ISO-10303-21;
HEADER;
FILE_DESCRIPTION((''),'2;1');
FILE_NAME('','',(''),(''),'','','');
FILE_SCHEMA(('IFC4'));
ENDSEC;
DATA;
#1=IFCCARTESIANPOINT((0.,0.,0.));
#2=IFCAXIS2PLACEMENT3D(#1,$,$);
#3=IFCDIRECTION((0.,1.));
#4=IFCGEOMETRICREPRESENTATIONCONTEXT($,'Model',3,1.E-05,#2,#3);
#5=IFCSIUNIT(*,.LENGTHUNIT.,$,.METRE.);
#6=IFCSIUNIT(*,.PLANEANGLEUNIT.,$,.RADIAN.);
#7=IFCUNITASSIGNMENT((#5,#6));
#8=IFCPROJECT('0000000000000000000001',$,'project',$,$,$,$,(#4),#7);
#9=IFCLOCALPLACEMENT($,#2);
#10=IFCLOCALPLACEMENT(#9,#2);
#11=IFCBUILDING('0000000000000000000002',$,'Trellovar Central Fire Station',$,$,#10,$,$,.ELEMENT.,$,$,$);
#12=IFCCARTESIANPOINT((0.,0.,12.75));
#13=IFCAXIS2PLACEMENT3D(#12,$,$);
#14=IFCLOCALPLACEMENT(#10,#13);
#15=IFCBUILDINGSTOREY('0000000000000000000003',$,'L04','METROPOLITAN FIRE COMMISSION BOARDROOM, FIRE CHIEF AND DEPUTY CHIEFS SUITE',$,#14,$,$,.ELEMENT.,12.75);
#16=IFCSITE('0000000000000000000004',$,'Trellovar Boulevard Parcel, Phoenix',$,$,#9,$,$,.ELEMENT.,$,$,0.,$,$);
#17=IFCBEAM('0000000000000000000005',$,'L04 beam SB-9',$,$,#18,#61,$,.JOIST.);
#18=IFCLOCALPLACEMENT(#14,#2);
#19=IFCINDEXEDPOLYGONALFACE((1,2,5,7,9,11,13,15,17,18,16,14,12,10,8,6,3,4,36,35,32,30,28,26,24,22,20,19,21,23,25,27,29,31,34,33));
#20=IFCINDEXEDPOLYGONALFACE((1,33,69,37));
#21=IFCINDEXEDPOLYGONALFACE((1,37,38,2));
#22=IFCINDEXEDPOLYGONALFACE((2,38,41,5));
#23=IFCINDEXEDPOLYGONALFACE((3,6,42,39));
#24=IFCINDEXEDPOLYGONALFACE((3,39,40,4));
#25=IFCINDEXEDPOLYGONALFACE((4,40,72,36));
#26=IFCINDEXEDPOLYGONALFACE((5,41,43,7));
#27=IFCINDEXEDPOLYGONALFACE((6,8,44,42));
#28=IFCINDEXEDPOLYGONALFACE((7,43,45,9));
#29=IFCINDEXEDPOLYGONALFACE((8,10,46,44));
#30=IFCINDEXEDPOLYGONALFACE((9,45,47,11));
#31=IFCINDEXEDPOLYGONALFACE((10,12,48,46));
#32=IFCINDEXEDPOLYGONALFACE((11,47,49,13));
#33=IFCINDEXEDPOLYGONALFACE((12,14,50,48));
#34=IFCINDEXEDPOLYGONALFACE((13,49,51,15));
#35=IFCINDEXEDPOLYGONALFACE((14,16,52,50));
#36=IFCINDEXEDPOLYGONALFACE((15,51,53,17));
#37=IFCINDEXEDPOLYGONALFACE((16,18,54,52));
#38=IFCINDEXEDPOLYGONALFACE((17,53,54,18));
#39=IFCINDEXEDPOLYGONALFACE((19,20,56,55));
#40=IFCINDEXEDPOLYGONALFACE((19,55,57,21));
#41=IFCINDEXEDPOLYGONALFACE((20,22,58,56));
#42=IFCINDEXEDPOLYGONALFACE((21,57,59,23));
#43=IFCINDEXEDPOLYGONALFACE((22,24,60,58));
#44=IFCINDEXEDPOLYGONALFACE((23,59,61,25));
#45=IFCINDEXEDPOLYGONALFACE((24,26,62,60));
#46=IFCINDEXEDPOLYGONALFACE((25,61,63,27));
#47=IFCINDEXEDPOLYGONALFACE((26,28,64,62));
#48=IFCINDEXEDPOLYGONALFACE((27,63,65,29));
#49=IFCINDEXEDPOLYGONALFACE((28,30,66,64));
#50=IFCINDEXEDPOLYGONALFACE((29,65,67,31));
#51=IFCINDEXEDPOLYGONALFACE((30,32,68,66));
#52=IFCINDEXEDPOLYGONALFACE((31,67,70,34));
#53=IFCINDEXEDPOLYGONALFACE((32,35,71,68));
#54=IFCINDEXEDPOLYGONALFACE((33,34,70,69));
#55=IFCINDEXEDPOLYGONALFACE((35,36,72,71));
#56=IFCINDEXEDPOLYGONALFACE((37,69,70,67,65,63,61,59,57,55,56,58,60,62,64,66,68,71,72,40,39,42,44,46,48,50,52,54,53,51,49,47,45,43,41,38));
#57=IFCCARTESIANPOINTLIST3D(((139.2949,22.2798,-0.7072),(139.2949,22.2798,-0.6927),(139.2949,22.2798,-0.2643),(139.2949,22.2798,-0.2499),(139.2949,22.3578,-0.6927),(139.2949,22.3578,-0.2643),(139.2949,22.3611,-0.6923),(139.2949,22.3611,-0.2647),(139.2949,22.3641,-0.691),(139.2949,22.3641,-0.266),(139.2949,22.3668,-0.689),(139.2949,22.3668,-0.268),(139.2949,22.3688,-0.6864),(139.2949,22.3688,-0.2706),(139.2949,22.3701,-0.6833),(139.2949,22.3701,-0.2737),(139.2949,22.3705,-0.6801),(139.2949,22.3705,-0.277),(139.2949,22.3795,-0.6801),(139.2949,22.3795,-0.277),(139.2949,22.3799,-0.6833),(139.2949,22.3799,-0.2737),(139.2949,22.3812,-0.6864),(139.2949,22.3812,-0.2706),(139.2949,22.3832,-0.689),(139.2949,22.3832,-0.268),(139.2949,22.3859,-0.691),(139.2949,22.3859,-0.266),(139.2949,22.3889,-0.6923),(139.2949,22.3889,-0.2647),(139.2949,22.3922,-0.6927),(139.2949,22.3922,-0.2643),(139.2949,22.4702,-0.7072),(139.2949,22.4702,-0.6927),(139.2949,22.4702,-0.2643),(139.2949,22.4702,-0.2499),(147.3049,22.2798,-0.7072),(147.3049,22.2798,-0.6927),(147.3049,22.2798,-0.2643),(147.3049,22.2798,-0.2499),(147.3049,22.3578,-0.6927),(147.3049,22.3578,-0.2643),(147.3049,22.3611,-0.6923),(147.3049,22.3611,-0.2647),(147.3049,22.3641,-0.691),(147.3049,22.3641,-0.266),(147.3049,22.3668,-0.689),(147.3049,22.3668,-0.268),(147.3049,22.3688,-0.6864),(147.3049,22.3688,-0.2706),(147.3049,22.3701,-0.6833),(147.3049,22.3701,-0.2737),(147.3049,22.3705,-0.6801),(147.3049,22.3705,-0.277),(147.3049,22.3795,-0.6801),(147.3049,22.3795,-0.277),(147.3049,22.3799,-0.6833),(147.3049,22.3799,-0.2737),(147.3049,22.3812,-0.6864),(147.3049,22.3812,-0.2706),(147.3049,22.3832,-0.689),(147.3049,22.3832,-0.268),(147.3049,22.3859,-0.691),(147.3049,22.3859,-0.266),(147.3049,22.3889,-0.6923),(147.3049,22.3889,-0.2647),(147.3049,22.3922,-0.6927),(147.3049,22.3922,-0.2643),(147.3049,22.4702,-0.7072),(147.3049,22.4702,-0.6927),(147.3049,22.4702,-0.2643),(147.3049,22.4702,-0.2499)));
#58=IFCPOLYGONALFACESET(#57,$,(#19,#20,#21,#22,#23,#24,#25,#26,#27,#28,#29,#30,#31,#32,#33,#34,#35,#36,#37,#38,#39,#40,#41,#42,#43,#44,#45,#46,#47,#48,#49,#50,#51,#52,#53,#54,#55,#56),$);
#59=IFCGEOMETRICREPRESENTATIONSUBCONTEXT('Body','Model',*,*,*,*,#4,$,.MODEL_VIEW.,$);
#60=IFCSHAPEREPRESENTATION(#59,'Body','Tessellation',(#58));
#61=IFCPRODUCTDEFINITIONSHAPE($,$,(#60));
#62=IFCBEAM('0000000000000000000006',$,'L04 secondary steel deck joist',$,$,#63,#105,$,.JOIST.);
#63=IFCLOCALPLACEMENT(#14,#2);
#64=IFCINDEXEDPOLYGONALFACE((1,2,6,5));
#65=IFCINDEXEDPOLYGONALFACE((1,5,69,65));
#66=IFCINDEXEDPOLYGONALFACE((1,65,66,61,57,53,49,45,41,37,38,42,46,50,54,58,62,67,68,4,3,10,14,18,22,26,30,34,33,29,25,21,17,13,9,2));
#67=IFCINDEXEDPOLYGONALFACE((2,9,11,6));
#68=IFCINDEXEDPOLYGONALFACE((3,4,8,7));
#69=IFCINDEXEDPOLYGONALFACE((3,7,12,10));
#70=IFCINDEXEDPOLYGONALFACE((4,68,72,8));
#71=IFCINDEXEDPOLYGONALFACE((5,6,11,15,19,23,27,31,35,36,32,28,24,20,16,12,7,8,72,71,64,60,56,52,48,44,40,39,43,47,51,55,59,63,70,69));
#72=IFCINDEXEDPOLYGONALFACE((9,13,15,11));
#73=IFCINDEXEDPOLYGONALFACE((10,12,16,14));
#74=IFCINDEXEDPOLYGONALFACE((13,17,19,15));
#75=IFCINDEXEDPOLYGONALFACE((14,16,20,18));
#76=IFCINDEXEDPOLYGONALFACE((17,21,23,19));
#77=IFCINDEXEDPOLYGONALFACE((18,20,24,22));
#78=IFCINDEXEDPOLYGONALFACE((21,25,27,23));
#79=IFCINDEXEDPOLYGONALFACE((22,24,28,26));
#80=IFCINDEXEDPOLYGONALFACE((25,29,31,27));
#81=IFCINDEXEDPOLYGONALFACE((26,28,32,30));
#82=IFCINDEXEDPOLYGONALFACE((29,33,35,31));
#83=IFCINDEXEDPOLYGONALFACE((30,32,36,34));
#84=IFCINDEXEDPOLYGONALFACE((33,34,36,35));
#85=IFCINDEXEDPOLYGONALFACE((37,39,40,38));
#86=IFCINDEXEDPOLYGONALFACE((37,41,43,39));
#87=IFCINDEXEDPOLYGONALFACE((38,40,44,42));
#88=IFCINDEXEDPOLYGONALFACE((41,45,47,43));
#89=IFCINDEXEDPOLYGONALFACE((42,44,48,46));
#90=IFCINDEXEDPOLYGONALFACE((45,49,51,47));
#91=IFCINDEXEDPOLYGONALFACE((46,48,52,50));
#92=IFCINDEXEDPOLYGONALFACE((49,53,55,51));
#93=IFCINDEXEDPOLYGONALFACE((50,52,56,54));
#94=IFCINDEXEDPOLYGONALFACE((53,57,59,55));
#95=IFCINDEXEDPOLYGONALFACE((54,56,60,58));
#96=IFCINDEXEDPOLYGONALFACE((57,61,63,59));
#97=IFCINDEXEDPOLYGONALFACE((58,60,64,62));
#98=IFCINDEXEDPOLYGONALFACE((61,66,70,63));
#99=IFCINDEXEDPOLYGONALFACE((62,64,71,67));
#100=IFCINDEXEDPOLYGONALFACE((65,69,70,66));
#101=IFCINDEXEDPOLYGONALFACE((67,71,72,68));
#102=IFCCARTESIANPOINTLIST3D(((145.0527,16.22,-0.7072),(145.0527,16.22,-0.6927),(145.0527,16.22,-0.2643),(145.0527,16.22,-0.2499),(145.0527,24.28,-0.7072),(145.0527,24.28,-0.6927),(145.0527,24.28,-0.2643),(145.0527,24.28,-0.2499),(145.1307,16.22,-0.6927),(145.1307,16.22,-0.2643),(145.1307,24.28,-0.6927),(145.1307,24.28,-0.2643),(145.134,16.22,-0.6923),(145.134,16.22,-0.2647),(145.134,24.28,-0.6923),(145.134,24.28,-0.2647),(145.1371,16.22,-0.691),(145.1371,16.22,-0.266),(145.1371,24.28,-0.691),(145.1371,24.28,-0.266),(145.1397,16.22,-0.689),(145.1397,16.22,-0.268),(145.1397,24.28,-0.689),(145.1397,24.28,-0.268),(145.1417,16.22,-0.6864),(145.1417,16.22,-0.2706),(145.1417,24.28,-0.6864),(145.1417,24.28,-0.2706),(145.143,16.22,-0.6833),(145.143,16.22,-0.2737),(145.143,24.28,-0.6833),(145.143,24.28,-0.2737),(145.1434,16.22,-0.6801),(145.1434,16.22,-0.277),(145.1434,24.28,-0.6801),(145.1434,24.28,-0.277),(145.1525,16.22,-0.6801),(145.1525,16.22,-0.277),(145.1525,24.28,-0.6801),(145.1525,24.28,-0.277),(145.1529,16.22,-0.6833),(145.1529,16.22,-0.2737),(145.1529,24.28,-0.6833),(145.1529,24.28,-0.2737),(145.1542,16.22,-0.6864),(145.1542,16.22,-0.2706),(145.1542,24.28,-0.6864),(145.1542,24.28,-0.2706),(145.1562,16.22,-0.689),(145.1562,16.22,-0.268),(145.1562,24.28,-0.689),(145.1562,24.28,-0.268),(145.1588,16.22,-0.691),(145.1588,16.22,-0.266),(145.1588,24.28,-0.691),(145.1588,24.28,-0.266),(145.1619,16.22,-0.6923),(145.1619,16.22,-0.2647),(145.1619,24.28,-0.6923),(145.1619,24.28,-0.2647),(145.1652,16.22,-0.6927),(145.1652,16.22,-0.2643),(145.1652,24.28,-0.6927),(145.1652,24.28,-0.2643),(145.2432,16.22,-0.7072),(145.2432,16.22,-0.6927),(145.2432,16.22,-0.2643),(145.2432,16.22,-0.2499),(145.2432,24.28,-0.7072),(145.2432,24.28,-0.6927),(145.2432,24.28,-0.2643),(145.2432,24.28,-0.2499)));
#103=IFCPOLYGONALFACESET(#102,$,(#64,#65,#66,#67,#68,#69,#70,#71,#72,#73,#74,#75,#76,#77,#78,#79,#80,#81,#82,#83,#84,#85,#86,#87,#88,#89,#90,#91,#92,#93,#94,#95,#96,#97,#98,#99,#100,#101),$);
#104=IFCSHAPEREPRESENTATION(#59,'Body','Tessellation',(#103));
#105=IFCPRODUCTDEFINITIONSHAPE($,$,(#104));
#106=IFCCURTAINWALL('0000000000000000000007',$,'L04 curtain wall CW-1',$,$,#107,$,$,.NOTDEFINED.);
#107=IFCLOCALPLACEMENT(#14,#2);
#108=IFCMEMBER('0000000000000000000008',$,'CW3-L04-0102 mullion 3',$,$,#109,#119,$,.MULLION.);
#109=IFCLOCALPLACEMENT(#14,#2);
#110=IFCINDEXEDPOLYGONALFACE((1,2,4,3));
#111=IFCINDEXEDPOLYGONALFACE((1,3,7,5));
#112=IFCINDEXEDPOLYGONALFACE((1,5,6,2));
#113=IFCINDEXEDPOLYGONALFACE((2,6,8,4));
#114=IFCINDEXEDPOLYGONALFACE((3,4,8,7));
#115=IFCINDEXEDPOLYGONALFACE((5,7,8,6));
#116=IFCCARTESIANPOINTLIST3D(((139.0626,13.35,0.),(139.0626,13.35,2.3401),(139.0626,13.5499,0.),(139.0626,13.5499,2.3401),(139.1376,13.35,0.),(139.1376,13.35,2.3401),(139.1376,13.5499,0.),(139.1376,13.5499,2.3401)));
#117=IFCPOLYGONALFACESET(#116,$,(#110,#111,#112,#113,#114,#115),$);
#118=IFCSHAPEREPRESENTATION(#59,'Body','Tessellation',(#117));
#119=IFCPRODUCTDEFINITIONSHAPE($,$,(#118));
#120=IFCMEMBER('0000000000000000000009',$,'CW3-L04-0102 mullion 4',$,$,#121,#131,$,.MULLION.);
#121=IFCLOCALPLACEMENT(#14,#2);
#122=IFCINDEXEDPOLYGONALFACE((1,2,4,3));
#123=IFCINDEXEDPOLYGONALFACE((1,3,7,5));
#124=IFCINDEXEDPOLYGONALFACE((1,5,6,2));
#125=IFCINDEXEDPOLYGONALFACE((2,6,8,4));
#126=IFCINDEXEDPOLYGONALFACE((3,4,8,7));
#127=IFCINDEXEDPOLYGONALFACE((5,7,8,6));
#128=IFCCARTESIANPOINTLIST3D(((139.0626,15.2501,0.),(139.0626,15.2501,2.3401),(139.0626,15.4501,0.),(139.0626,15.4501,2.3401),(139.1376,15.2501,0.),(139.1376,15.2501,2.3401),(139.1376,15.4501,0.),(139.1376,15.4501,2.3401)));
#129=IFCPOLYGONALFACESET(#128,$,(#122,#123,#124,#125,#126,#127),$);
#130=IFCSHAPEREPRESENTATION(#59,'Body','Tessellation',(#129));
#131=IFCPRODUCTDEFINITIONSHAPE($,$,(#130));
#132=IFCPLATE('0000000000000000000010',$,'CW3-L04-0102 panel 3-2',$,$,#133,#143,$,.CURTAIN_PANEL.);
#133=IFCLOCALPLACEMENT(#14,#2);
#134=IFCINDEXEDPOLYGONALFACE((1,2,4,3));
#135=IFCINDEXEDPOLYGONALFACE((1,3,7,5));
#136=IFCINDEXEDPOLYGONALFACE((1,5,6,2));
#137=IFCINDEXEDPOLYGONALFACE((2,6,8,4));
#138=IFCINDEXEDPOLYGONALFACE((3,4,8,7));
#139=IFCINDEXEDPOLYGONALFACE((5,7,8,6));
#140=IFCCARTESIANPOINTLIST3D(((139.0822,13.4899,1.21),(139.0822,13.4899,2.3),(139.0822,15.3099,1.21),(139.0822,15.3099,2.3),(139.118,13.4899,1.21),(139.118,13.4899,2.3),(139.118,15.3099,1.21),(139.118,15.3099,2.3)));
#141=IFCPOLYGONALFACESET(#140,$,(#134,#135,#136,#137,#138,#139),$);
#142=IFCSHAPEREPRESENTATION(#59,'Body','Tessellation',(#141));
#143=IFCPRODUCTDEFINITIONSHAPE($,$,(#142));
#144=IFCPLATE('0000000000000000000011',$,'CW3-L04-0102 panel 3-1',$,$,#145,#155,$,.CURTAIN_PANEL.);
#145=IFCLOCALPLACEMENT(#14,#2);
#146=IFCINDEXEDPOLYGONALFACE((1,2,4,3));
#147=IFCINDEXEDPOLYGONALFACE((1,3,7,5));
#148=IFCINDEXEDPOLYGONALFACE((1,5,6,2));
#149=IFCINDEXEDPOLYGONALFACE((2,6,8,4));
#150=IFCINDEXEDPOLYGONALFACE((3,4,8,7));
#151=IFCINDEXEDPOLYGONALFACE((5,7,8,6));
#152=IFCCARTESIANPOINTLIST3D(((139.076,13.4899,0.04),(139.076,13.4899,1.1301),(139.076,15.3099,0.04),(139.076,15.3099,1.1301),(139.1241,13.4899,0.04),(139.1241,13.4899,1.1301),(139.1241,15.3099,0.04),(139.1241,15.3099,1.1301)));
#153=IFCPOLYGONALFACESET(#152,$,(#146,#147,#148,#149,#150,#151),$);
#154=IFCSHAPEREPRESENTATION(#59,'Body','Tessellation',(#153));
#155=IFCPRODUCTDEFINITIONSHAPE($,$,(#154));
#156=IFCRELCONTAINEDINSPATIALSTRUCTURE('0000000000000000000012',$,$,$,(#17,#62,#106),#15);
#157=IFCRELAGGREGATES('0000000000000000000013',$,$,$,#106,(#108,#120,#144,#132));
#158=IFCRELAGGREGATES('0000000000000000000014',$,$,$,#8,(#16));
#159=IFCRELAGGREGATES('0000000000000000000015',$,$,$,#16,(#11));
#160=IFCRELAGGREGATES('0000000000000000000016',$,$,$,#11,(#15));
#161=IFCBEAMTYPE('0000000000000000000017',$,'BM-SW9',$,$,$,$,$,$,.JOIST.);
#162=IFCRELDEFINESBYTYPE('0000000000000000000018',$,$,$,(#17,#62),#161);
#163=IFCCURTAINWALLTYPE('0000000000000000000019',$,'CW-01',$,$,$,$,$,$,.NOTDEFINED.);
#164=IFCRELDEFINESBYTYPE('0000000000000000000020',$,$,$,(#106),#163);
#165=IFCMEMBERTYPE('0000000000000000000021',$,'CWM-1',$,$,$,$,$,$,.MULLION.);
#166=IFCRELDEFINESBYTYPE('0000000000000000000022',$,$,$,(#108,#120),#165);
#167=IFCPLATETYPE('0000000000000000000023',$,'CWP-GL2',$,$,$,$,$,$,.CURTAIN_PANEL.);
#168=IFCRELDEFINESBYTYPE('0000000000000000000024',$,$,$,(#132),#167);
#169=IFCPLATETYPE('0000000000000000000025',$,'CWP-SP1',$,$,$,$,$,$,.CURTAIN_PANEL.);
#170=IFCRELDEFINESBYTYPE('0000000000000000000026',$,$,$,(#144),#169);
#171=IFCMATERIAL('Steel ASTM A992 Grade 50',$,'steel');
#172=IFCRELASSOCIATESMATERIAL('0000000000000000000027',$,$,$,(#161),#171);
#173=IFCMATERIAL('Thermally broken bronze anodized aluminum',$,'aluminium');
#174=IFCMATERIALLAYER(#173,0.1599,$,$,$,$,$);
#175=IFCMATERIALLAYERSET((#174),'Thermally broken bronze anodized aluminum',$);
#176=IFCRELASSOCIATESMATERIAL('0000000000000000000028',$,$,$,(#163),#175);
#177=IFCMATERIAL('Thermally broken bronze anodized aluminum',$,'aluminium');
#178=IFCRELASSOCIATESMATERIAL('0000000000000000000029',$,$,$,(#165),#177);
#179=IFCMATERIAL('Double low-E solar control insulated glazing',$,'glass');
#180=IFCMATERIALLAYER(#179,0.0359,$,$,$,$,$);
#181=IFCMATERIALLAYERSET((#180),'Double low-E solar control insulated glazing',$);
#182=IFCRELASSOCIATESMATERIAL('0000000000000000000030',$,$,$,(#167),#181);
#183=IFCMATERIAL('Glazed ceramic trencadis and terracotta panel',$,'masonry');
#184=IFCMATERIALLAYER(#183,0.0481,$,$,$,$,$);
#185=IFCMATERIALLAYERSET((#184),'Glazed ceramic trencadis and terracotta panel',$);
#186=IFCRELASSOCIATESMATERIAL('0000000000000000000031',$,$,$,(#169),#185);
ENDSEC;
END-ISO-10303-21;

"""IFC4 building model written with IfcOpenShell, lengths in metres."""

from ifc_helpers import new_model, si_unit, direction, frame, origin, origin_2d, place, context, subcontext, project, spatial, rectangle, i_section, extrude, material, layer, layer_set, material_profile, profile_set, type_object, element, aggregate, save


model = new_model("IFC4")

# Units and contexts
model_context = context("Model", 3, precision=1e-05, world=origin(), true_north=direction((0.0, 1.0)))
body_context = subcontext(model_context, "Body", "Model", "MODEL_VIEW")
ifc_project = project(units=[si_unit("LENGTHUNIT", "METRE"), si_unit("PLANEANGLEUNIT", "RADIAN")], contexts=[model_context])

# Site, building, storey
site_placement = place(None, origin())
site = spatial("IfcSite", under=ifc_project, at=site_placement, Name="Trellovar Boulevard Parcel, Phoenix", CompositionType="ELEMENT", RefElevation=0.0)
building_placement = place(site_placement, origin())
building = spatial("IfcBuilding", under=site, at=building_placement, Name="Trellovar Central Fire Station", CompositionType="ELEMENT")
storey_placement = place(building_placement, frame((0.0, 0.0, 12.75)))
storey = spatial("IfcBuildingStorey", under=building, at=storey_placement, Name="L04", Description="METROPOLITAN FIRE COMMISSION BOARDROOM, FIRE CHIEF AND DEPUTY CHIEFS SUITE", CompositionType="ELEMENT", Elevation=12.75)

# Beams
ifc_material_1 = material(Name="Steel ASTM A992 Grade 50", Category="steel")
ifc_material_profile_1 = material_profile(ifc_material_1, i_section(OverallWidth=0.1904, OverallDepth=0.4573, WebThickness=0.009, FlangeThickness=0.0144, FilletRadius=0.0127, at=origin_2d()), Name="W18X50")
ifc_profile_set_1 = profile_set([ifc_material_profile_1], Name="Steel ASTM A992 Grade 50")
beam_type_1 = type_object("IfcBeamType", Name="BM-SW9", PredefinedType="JOIST", material=ifc_profile_set_1)
for number, where, z_axis, x_axis, name in (
    (1, (139.2949, 22.375, -0.4785), (1.0, 0.0, 0.0), (0.0, 1.0, 0.0), "L04 beam SB-9"),
):
    element("IfcBeam", number, at=place(storey_placement, frame(where, z_axis=z_axis, x_axis=x_axis)), inside=storey, type_object=beam_type_1, Name=name, PredefinedType="JOIST", context=body_context, shape_type="SweptSolid", body=[
        extrude(i_section(OverallWidth=0.1904, OverallDepth=0.4573, WebThickness=0.009, FlangeThickness=0.0144, FilletRadius=0.0127, at=origin_2d()), origin(), (0.0, 0.0, 1.0), 8.01),
    ])
beam_1_placement = place(storey_placement, frame((145.1479, 16.22, -0.4785), z_axis=(0.0, 1.0, 0.0), x_axis=(-1.0, 0.0, 0.0)))
element("IfcBeam", 2, at=beam_1_placement, inside=storey, type_object=beam_type_1, Name="L04 secondary steel deck joist", PredefinedType="JOIST", context=body_context, shape_type="SweptSolid", body=[
    extrude(i_section(OverallWidth=0.1904, OverallDepth=0.4573, WebThickness=0.009, FlangeThickness=0.0144, FilletRadius=0.0127, at=origin_2d()), origin(), (0.0, 0.0, 1.0), 8.0601),
])

# Curtain wall, members, plates
ifc_material_2 = material(Name="Thermally broken bronze anodized aluminum", Category="aluminium")
ifc_layer_1 = layer(ifc_material_2, 0.1599)
ifc_layer_set_1 = layer_set([ifc_layer_1], Name="Thermally broken bronze anodized aluminum")
curtain_wall_type = type_object("IfcCurtainWallType", Name="CW-01", PredefinedType="NOTDEFINED", material=ifc_layer_set_1)
curtain_wall_placement = place(storey_placement, origin())
curtain_wall = element("IfcCurtainWall", 3, at=curtain_wall_placement, inside=storey, type_object=curtain_wall_type, Name="L04 curtain wall CW-1", PredefinedType="NOTDEFINED")
ifc_material_3 = material(Name="Thermally broken bronze anodized aluminum", Category="aluminium")
ifc_material_profile_2 = material_profile(ifc_material_3, rectangle(XDim=0.075, YDim=0.2, at=origin_2d()), Name="ALU75X200")
ifc_profile_set_2 = profile_set([ifc_material_profile_2], Name="Thermally broken bronze anodized aluminum")
member_type = type_object("IfcMemberType", Name="CWM-1", PredefinedType="MULLION", material=ifc_profile_set_2)
member_1_placement = place(storey_placement, frame((139.1001, 13.45, 0.0), z_axis=(0.0, 0.0, 1.0), x_axis=(1.0, 0.0, 0.0)))
member_1 = element("IfcMember", 4, at=member_1_placement, type_object=member_type, Name="CW3-L04-0102 mullion 3", PredefinedType="MULLION", context=body_context, shape_type="SweptSolid", body=[
    extrude(rectangle(XDim=0.075, YDim=0.2, at=origin_2d()), origin(), (0.0, 0.0, 1.0), 2.3401),
])
member_2_placement = place(storey_placement, frame((139.1001, 15.3501, 0.0), z_axis=(0.0, 0.0, 1.0), x_axis=(1.0, 0.0, 0.0)))
member_2 = element("IfcMember", 5, at=member_2_placement, type_object=member_type, Name="CW3-L04-0102 mullion 4", PredefinedType="MULLION", context=body_context, shape_type="SweptSolid", body=[
    extrude(rectangle(XDim=0.075, YDim=0.2, at=origin_2d()), origin(), (0.0, 0.0, 1.0), 2.3401),
])
ifc_material_4 = material(Name="Double low-E solar control insulated glazing", Category="glass")
ifc_layer_2 = layer(ifc_material_4, 0.0359)
ifc_layer_set_2 = layer_set([ifc_layer_2], Name="Double low-E solar control insulated glazing")
plate_type_1 = type_object("IfcPlateType", Name="CWP-GL2", PredefinedType="CURTAIN_PANEL", material=ifc_layer_set_2)
plate_1_placement = place(storey_placement, frame((139.1001, 14.3999, 1.21), z_axis=(0.0, 0.0, 1.0), x_axis=(0.0, 1.0, 0.0)))
plate_1 = element("IfcPlate", 6, at=plate_1_placement, type_object=plate_type_1, Name="CW3-L04-0102 panel 3-2", PredefinedType="CURTAIN_PANEL", context=body_context, shape_type="SweptSolid", body=[
    extrude(rectangle(XDim=1.8201, YDim=0.0359, at=origin_2d()), origin(), (0.0, 0.0, 1.0), 1.0901),
])
ifc_material_5 = material(Name="Glazed ceramic trencadis and terracotta panel", Category="masonry")
ifc_layer_3 = layer(ifc_material_5, 0.0481)
ifc_layer_set_3 = layer_set([ifc_layer_3], Name="Glazed ceramic trencadis and terracotta panel")
plate_type_2 = type_object("IfcPlateType", Name="CWP-SP1", PredefinedType="CURTAIN_PANEL", material=ifc_layer_set_3)
plate_2_placement = place(storey_placement, frame((139.1001, 14.3999, 0.04), z_axis=(0.0, 0.0, 1.0), x_axis=(0.0, 1.0, 0.0)))
plate_2 = element("IfcPlate", 7, at=plate_2_placement, type_object=plate_type_2, Name="CW3-L04-0102 panel 3-1", PredefinedType="CURTAIN_PANEL", context=body_context, shape_type="SweptSolid", body=[
    extrude(rectangle(XDim=1.8201, YDim=0.0481, at=origin_2d()), origin(), (0.0, 0.0, 1.0), 1.0901),
])
aggregate(curtain_wall, [member_1, member_2, plate_2, plate_1])

save(model, "model.ifc")
